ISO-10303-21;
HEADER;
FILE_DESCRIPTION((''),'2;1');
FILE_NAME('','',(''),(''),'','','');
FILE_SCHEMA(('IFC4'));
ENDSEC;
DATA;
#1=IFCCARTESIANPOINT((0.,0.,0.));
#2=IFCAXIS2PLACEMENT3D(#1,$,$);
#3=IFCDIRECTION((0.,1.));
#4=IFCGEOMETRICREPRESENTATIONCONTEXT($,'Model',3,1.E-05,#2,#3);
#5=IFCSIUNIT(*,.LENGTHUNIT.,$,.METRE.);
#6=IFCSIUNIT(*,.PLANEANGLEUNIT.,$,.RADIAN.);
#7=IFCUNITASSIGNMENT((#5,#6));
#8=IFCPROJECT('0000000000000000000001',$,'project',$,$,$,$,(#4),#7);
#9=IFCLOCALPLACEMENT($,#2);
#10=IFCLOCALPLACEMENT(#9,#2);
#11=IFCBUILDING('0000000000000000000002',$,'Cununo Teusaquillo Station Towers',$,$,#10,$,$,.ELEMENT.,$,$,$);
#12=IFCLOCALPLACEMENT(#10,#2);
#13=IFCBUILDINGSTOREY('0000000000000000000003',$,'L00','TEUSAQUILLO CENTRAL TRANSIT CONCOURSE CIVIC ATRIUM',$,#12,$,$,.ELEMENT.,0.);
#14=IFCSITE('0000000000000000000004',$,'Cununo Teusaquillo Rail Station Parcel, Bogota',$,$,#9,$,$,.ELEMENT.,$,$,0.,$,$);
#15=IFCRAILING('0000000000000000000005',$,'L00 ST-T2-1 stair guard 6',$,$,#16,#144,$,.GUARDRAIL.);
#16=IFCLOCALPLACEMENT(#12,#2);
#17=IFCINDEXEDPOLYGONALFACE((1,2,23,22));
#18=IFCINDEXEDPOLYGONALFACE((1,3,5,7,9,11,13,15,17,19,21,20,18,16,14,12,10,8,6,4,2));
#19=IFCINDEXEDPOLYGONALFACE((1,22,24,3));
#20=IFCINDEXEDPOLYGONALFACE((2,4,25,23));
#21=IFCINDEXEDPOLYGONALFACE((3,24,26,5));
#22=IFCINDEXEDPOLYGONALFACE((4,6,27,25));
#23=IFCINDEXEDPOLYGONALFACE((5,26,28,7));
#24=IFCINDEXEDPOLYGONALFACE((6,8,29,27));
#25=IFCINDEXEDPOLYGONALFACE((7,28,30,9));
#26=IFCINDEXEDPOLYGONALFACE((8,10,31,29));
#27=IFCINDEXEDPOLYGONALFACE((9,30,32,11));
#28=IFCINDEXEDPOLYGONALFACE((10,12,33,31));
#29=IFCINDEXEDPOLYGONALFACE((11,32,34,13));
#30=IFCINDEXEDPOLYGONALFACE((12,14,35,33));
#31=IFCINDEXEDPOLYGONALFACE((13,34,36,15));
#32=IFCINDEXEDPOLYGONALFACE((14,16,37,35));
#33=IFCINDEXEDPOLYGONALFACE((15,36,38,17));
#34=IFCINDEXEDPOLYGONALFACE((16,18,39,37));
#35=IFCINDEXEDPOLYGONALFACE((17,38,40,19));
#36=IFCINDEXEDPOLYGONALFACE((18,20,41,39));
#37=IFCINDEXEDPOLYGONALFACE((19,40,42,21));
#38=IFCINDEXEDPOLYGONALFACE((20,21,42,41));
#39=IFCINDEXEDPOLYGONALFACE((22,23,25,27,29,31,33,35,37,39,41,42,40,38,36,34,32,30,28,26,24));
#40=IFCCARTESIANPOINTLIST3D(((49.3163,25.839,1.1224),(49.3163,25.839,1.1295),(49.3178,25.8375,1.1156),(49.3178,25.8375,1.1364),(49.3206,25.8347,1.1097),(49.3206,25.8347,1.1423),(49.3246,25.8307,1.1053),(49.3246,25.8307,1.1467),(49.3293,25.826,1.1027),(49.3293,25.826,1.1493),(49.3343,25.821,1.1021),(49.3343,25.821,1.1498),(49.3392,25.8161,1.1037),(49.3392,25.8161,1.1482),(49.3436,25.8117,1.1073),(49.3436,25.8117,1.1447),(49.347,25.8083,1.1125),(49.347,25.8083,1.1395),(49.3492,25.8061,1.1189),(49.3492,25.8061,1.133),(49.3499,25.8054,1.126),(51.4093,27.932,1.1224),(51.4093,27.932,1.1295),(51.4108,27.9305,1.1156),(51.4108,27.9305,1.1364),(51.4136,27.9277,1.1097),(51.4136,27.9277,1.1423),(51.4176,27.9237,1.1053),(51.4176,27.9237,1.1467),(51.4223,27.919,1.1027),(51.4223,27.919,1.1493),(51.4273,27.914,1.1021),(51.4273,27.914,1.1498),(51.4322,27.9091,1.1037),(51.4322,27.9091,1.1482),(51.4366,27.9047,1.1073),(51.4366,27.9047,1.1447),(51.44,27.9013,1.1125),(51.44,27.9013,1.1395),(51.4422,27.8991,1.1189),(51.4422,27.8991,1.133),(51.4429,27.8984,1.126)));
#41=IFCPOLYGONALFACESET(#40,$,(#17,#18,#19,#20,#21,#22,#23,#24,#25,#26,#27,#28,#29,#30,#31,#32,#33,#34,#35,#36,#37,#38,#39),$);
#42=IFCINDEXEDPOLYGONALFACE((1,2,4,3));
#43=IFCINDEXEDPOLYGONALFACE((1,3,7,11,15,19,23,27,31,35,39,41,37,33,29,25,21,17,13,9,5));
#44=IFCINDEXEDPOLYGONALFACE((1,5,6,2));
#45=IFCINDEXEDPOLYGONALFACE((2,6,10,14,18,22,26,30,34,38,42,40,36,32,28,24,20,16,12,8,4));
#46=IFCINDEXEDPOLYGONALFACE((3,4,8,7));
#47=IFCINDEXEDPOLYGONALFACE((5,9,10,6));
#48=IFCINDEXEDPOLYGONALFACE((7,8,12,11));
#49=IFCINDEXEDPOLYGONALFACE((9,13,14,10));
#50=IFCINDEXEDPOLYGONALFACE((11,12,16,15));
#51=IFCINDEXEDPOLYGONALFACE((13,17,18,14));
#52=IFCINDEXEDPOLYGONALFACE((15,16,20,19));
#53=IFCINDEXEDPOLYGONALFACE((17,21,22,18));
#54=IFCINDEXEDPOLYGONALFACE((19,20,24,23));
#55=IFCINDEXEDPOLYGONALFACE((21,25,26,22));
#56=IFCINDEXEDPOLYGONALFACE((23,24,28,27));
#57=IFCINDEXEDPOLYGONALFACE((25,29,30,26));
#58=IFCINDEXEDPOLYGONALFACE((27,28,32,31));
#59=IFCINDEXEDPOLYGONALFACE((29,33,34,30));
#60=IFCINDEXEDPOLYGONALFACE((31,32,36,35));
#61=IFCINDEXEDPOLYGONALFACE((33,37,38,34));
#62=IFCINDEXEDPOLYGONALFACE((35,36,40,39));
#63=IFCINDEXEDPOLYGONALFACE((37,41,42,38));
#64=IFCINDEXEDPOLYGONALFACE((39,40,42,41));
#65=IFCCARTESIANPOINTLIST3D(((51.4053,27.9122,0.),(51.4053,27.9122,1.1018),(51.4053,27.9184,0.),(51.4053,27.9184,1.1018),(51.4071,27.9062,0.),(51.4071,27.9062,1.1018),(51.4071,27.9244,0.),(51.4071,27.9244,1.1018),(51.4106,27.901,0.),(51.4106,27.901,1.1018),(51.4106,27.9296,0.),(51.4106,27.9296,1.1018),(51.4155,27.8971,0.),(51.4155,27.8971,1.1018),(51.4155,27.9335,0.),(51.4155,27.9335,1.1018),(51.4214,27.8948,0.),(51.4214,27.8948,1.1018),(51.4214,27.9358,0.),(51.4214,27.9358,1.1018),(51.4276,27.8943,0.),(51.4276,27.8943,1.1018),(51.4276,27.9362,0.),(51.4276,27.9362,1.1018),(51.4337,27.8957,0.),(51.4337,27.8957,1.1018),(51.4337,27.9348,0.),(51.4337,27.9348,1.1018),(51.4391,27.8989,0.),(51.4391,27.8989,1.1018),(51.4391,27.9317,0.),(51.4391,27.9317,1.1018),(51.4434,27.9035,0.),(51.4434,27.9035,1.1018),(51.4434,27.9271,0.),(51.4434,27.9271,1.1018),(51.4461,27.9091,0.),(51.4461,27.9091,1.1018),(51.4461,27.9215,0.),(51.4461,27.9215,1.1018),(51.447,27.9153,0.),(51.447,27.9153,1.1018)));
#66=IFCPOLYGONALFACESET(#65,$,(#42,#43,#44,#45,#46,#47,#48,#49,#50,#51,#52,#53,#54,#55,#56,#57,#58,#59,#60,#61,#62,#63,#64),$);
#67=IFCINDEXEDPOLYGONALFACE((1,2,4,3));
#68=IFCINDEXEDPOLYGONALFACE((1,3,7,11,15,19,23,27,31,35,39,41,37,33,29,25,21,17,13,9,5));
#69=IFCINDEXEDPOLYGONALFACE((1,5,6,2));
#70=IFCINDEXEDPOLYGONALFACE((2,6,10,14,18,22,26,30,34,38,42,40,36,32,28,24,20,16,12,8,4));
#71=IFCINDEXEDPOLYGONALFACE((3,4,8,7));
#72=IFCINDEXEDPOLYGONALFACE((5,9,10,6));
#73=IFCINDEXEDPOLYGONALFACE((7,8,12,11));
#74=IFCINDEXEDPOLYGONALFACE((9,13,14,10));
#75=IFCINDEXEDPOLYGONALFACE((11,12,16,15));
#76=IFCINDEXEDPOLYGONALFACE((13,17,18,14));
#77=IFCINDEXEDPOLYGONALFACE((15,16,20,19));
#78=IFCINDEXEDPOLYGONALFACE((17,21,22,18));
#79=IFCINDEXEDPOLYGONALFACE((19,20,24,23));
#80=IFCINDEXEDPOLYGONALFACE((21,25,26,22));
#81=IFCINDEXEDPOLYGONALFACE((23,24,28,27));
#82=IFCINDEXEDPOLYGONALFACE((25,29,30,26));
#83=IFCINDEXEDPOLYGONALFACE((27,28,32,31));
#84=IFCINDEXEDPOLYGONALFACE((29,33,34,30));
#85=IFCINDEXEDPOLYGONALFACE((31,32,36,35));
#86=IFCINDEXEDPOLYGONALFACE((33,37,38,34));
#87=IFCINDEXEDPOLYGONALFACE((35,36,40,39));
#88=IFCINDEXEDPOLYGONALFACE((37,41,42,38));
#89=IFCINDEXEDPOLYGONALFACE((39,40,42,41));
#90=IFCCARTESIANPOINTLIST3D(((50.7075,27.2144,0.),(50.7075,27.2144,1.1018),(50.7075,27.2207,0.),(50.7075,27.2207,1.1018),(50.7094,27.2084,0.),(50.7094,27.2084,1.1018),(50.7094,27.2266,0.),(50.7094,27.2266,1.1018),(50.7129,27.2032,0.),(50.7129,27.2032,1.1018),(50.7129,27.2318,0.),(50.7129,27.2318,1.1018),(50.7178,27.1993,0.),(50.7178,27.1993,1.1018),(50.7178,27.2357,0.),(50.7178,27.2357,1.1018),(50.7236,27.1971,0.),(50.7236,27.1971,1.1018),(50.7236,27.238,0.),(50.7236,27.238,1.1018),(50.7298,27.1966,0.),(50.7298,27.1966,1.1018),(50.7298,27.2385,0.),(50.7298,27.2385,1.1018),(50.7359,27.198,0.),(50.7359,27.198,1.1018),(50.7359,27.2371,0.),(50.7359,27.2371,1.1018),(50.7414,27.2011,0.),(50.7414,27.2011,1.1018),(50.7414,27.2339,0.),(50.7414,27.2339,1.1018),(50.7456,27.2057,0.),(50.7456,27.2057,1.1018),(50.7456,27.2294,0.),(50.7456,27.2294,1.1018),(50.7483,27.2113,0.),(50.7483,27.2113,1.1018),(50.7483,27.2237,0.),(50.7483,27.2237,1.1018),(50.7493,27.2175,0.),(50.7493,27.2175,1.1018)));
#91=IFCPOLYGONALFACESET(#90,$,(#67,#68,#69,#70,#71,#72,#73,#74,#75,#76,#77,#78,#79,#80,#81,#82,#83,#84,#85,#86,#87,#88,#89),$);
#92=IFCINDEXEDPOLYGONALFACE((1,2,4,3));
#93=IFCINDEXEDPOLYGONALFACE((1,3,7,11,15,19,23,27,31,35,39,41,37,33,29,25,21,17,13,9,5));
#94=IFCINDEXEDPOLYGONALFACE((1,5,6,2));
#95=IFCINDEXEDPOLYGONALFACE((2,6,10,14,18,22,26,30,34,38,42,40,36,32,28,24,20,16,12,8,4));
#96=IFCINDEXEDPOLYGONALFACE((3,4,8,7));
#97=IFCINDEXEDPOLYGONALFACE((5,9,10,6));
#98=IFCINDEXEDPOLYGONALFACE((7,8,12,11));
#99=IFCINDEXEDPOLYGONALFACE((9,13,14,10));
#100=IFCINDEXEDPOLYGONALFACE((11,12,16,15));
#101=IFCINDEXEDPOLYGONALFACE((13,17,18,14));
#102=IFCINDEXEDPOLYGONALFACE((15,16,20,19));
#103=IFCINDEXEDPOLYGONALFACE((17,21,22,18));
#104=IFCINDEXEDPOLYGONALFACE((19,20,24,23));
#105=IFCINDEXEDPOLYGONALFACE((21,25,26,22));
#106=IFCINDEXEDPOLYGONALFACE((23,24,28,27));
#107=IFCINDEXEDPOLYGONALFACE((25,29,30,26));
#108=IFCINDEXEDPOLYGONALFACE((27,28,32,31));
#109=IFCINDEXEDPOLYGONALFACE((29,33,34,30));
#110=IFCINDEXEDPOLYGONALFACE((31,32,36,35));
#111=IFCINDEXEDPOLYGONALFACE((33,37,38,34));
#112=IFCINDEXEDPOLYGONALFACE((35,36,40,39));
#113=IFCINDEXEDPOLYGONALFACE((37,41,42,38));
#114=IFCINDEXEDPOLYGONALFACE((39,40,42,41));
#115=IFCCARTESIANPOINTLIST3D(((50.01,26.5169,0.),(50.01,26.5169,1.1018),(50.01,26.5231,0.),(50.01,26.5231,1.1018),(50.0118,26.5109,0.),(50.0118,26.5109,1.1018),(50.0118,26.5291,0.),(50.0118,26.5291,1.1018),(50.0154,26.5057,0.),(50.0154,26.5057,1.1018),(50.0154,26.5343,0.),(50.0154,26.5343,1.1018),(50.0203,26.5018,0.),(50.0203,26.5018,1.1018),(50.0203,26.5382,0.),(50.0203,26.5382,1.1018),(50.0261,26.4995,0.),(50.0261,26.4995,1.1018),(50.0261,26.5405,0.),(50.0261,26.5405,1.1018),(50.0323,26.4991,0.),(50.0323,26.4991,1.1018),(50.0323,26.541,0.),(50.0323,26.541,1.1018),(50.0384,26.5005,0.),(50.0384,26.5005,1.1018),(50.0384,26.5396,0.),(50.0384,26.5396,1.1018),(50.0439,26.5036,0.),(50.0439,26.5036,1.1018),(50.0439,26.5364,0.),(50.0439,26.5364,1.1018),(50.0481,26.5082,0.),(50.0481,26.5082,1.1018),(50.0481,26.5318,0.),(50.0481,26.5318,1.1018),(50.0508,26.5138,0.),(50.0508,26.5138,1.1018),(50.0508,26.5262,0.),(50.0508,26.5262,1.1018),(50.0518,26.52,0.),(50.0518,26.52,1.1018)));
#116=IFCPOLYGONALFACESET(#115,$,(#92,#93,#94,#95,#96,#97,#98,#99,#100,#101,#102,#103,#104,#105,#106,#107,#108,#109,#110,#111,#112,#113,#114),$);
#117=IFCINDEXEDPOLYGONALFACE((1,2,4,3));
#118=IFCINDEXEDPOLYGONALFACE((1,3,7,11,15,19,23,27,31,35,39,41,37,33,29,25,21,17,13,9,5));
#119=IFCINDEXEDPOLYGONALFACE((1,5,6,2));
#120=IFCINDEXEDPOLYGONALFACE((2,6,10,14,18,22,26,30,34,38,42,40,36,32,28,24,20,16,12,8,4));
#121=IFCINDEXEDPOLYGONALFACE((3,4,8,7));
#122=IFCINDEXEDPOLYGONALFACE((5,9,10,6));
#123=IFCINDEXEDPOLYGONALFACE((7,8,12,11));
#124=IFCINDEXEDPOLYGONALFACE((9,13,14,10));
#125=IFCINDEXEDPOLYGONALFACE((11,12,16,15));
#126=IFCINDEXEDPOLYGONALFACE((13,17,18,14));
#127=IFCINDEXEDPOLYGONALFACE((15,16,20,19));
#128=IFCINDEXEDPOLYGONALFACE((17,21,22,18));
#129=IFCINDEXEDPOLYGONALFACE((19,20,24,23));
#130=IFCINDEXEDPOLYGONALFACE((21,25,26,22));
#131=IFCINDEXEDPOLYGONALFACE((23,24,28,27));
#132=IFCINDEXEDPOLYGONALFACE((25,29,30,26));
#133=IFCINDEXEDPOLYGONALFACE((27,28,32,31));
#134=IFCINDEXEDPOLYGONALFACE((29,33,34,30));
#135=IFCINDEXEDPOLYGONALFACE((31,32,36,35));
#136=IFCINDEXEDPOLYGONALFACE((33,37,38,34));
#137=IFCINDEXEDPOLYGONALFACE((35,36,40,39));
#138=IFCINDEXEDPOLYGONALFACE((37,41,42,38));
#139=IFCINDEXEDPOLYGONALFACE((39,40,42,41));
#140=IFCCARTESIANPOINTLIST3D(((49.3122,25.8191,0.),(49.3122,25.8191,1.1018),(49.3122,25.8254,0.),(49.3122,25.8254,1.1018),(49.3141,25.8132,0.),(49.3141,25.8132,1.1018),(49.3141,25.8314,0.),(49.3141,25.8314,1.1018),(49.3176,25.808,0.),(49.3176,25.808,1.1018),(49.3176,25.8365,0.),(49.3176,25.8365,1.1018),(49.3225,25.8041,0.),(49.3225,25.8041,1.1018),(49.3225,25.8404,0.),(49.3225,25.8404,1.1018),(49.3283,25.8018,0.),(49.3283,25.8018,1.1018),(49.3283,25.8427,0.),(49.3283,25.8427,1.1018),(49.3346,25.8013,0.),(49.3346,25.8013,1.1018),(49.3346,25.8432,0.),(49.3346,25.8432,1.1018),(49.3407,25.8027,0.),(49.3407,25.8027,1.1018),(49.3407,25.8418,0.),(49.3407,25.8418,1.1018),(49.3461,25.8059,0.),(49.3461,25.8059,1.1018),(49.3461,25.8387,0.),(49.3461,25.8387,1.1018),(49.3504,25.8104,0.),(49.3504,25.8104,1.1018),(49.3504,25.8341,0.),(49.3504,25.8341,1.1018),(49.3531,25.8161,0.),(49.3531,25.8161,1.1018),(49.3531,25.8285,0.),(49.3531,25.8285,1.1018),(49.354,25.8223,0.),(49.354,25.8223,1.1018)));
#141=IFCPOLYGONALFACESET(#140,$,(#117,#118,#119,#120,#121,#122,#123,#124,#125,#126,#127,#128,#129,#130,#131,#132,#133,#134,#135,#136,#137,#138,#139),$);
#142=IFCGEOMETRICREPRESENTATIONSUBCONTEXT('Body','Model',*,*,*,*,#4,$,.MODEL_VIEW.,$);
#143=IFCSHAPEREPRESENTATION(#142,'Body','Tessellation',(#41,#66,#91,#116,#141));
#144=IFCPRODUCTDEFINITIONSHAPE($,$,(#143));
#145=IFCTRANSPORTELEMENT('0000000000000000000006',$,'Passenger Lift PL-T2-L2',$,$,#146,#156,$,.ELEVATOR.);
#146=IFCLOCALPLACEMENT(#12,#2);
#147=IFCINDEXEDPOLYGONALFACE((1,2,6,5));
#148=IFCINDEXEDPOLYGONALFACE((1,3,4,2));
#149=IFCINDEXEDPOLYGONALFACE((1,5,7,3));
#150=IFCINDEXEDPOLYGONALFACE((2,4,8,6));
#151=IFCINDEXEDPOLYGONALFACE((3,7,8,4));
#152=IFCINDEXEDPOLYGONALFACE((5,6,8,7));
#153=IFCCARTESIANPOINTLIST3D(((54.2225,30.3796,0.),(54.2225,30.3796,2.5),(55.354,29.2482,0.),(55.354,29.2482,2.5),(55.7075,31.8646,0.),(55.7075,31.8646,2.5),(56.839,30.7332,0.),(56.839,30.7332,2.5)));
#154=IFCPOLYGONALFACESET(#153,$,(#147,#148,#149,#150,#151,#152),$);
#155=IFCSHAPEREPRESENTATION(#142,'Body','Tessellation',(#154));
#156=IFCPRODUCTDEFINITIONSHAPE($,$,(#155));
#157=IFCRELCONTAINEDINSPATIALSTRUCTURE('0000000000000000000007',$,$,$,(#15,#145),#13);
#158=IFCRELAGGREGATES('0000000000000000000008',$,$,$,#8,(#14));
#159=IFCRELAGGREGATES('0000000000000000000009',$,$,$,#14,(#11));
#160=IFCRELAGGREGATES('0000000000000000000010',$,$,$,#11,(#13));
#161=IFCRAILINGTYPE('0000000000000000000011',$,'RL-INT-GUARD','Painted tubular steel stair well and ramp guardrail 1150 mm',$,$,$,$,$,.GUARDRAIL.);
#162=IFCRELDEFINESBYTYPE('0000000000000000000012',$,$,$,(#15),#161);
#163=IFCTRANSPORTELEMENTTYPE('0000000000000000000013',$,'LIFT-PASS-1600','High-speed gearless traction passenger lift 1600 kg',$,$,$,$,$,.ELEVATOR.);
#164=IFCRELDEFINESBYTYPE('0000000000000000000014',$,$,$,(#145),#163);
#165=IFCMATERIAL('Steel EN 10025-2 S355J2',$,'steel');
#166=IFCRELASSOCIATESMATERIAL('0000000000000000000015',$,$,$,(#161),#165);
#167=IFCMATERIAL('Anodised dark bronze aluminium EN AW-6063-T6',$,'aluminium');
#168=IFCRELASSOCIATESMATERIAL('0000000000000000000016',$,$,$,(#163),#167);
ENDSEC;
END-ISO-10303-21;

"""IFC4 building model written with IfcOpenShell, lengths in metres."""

from ifc_helpers import new_model, si_unit, direction, frame, origin, origin_2d, place, context, subcontext, project, spatial, rectangle, circle, extrude, source, transform, mapped, material, type_object, element, save


model = new_model("IFC4")

# Units and contexts
model_context = context("Model", 3, precision=1e-05, world=origin(), true_north=direction((0.0, 1.0)))
body_context = subcontext(model_context, "Body", "Model", "MODEL_VIEW")
ifc_project = project(units=[si_unit("LENGTHUNIT", "METRE"), si_unit("PLANEANGLEUNIT", "RADIAN")], contexts=[model_context])

# Site, building, storey
site_placement = place(None, origin())
site = spatial("IfcSite", under=ifc_project, at=site_placement, Name="Cununo Teusaquillo Rail Station Parcel, Bogota", CompositionType="ELEMENT", RefElevation=0.0)
building_placement = place(site_placement, origin())
building = spatial("IfcBuilding", under=site, at=building_placement, Name="Cununo Teusaquillo Station Towers", CompositionType="ELEMENT")
storey_placement = place(building_placement, origin())
storey = spatial("IfcBuildingStorey", under=building, at=storey_placement, Name="L00", Description="TEUSAQUILLO CENTRAL TRANSIT CONCOURSE CIVIC ATRIUM", CompositionType="ELEMENT", Elevation=0.0)

# Railing
ifc_material_1 = material(Name="Steel EN 10025-2 S355J2", Category="steel")
railing_type = type_object("IfcRailingType", Name="RL-INT-GUARD", Description="Painted tubular steel stair well and ramp guardrail 1150 mm", PredefinedType="GUARDRAIL", material=ifc_material_1)
railing_1_placement = place(storey_placement, frame((51.426, 27.9153, 0.0)))
element("IfcRailing", 1, at=railing_1_placement, inside=storey, type_object=railing_type, Name="L00 ST-T2-1 stair guard 6", PredefinedType="GUARDRAIL", context=body_context, shape_type="SweptSolid", body=[
    extrude(circle(Radius=0.0239, at=origin_2d()), frame((0.0, 0.0, 1.126), z_axis=(-0.707107, -0.707107, 0.0), x_axis=(0.707107, -0.707107, 0.0)), (0.0, 0.0, 1.0), 2.96),
    extrude(circle(Radius=0.021, at=origin_2d()), origin(), (0.0, 0.0, 1.0), 1.1018),
    extrude(circle(Radius=0.021, at=origin_2d()), frame((-0.6978, -0.6978, 0.0)), (0.0, 0.0, 1.0), 1.1018),
    extrude(circle(Radius=0.021, at=origin_2d()), frame((-1.3953, -1.3953, 0.0)), (0.0, 0.0, 1.0), 1.1018),
    extrude(circle(Radius=0.021, at=origin_2d()), frame((-2.093, -2.093, 0.0)), (0.0, 0.0, 1.0), 1.1018),
])

# Transport element
ifc_material_2 = material(Name="Anodised dark bronze aluminium EN AW-6063-T6", Category="aluminium")
transport_element_type = type_object("IfcTransportElementType", Name="LIFT-PASS-1600", Description="High-speed gearless traction passenger lift 1600 kg", PredefinedType="ELEVATOR", material=ifc_material_2)
shared_shape_1 = source(origin(), body_context, "Body", "SweptSolid", [
    extrude(rectangle(XDim=2.1001, YDim=1.6001, at=origin_2d()), origin(), (0.0, 0.0, 1.0), 2.5),
])
transport_element_placement = place(storey_placement, frame((55.5308, 30.5564, 0.0), z_axis=(0.0, 0.0, 1.0), x_axis=(0.707107, 0.707107, 0.0)))
element("IfcTransportElement", 2, at=transport_element_placement, inside=storey, type_object=transport_element_type, Name="Passenger Lift PL-T2-L2", PredefinedType="ELEVATOR", context=body_context, shape_type="MappedRepresentation", body=[
    mapped(shared_shape_1, transform((0.0, 0.0, 0.0), x_axis=(1.0, 0.0, 0.0), y_axis=(0.0, 1.0, 0.0), z_axis=(0.0, 0.0, 1.0), scale=1.0)),
])

save(model, "model.ifc")
